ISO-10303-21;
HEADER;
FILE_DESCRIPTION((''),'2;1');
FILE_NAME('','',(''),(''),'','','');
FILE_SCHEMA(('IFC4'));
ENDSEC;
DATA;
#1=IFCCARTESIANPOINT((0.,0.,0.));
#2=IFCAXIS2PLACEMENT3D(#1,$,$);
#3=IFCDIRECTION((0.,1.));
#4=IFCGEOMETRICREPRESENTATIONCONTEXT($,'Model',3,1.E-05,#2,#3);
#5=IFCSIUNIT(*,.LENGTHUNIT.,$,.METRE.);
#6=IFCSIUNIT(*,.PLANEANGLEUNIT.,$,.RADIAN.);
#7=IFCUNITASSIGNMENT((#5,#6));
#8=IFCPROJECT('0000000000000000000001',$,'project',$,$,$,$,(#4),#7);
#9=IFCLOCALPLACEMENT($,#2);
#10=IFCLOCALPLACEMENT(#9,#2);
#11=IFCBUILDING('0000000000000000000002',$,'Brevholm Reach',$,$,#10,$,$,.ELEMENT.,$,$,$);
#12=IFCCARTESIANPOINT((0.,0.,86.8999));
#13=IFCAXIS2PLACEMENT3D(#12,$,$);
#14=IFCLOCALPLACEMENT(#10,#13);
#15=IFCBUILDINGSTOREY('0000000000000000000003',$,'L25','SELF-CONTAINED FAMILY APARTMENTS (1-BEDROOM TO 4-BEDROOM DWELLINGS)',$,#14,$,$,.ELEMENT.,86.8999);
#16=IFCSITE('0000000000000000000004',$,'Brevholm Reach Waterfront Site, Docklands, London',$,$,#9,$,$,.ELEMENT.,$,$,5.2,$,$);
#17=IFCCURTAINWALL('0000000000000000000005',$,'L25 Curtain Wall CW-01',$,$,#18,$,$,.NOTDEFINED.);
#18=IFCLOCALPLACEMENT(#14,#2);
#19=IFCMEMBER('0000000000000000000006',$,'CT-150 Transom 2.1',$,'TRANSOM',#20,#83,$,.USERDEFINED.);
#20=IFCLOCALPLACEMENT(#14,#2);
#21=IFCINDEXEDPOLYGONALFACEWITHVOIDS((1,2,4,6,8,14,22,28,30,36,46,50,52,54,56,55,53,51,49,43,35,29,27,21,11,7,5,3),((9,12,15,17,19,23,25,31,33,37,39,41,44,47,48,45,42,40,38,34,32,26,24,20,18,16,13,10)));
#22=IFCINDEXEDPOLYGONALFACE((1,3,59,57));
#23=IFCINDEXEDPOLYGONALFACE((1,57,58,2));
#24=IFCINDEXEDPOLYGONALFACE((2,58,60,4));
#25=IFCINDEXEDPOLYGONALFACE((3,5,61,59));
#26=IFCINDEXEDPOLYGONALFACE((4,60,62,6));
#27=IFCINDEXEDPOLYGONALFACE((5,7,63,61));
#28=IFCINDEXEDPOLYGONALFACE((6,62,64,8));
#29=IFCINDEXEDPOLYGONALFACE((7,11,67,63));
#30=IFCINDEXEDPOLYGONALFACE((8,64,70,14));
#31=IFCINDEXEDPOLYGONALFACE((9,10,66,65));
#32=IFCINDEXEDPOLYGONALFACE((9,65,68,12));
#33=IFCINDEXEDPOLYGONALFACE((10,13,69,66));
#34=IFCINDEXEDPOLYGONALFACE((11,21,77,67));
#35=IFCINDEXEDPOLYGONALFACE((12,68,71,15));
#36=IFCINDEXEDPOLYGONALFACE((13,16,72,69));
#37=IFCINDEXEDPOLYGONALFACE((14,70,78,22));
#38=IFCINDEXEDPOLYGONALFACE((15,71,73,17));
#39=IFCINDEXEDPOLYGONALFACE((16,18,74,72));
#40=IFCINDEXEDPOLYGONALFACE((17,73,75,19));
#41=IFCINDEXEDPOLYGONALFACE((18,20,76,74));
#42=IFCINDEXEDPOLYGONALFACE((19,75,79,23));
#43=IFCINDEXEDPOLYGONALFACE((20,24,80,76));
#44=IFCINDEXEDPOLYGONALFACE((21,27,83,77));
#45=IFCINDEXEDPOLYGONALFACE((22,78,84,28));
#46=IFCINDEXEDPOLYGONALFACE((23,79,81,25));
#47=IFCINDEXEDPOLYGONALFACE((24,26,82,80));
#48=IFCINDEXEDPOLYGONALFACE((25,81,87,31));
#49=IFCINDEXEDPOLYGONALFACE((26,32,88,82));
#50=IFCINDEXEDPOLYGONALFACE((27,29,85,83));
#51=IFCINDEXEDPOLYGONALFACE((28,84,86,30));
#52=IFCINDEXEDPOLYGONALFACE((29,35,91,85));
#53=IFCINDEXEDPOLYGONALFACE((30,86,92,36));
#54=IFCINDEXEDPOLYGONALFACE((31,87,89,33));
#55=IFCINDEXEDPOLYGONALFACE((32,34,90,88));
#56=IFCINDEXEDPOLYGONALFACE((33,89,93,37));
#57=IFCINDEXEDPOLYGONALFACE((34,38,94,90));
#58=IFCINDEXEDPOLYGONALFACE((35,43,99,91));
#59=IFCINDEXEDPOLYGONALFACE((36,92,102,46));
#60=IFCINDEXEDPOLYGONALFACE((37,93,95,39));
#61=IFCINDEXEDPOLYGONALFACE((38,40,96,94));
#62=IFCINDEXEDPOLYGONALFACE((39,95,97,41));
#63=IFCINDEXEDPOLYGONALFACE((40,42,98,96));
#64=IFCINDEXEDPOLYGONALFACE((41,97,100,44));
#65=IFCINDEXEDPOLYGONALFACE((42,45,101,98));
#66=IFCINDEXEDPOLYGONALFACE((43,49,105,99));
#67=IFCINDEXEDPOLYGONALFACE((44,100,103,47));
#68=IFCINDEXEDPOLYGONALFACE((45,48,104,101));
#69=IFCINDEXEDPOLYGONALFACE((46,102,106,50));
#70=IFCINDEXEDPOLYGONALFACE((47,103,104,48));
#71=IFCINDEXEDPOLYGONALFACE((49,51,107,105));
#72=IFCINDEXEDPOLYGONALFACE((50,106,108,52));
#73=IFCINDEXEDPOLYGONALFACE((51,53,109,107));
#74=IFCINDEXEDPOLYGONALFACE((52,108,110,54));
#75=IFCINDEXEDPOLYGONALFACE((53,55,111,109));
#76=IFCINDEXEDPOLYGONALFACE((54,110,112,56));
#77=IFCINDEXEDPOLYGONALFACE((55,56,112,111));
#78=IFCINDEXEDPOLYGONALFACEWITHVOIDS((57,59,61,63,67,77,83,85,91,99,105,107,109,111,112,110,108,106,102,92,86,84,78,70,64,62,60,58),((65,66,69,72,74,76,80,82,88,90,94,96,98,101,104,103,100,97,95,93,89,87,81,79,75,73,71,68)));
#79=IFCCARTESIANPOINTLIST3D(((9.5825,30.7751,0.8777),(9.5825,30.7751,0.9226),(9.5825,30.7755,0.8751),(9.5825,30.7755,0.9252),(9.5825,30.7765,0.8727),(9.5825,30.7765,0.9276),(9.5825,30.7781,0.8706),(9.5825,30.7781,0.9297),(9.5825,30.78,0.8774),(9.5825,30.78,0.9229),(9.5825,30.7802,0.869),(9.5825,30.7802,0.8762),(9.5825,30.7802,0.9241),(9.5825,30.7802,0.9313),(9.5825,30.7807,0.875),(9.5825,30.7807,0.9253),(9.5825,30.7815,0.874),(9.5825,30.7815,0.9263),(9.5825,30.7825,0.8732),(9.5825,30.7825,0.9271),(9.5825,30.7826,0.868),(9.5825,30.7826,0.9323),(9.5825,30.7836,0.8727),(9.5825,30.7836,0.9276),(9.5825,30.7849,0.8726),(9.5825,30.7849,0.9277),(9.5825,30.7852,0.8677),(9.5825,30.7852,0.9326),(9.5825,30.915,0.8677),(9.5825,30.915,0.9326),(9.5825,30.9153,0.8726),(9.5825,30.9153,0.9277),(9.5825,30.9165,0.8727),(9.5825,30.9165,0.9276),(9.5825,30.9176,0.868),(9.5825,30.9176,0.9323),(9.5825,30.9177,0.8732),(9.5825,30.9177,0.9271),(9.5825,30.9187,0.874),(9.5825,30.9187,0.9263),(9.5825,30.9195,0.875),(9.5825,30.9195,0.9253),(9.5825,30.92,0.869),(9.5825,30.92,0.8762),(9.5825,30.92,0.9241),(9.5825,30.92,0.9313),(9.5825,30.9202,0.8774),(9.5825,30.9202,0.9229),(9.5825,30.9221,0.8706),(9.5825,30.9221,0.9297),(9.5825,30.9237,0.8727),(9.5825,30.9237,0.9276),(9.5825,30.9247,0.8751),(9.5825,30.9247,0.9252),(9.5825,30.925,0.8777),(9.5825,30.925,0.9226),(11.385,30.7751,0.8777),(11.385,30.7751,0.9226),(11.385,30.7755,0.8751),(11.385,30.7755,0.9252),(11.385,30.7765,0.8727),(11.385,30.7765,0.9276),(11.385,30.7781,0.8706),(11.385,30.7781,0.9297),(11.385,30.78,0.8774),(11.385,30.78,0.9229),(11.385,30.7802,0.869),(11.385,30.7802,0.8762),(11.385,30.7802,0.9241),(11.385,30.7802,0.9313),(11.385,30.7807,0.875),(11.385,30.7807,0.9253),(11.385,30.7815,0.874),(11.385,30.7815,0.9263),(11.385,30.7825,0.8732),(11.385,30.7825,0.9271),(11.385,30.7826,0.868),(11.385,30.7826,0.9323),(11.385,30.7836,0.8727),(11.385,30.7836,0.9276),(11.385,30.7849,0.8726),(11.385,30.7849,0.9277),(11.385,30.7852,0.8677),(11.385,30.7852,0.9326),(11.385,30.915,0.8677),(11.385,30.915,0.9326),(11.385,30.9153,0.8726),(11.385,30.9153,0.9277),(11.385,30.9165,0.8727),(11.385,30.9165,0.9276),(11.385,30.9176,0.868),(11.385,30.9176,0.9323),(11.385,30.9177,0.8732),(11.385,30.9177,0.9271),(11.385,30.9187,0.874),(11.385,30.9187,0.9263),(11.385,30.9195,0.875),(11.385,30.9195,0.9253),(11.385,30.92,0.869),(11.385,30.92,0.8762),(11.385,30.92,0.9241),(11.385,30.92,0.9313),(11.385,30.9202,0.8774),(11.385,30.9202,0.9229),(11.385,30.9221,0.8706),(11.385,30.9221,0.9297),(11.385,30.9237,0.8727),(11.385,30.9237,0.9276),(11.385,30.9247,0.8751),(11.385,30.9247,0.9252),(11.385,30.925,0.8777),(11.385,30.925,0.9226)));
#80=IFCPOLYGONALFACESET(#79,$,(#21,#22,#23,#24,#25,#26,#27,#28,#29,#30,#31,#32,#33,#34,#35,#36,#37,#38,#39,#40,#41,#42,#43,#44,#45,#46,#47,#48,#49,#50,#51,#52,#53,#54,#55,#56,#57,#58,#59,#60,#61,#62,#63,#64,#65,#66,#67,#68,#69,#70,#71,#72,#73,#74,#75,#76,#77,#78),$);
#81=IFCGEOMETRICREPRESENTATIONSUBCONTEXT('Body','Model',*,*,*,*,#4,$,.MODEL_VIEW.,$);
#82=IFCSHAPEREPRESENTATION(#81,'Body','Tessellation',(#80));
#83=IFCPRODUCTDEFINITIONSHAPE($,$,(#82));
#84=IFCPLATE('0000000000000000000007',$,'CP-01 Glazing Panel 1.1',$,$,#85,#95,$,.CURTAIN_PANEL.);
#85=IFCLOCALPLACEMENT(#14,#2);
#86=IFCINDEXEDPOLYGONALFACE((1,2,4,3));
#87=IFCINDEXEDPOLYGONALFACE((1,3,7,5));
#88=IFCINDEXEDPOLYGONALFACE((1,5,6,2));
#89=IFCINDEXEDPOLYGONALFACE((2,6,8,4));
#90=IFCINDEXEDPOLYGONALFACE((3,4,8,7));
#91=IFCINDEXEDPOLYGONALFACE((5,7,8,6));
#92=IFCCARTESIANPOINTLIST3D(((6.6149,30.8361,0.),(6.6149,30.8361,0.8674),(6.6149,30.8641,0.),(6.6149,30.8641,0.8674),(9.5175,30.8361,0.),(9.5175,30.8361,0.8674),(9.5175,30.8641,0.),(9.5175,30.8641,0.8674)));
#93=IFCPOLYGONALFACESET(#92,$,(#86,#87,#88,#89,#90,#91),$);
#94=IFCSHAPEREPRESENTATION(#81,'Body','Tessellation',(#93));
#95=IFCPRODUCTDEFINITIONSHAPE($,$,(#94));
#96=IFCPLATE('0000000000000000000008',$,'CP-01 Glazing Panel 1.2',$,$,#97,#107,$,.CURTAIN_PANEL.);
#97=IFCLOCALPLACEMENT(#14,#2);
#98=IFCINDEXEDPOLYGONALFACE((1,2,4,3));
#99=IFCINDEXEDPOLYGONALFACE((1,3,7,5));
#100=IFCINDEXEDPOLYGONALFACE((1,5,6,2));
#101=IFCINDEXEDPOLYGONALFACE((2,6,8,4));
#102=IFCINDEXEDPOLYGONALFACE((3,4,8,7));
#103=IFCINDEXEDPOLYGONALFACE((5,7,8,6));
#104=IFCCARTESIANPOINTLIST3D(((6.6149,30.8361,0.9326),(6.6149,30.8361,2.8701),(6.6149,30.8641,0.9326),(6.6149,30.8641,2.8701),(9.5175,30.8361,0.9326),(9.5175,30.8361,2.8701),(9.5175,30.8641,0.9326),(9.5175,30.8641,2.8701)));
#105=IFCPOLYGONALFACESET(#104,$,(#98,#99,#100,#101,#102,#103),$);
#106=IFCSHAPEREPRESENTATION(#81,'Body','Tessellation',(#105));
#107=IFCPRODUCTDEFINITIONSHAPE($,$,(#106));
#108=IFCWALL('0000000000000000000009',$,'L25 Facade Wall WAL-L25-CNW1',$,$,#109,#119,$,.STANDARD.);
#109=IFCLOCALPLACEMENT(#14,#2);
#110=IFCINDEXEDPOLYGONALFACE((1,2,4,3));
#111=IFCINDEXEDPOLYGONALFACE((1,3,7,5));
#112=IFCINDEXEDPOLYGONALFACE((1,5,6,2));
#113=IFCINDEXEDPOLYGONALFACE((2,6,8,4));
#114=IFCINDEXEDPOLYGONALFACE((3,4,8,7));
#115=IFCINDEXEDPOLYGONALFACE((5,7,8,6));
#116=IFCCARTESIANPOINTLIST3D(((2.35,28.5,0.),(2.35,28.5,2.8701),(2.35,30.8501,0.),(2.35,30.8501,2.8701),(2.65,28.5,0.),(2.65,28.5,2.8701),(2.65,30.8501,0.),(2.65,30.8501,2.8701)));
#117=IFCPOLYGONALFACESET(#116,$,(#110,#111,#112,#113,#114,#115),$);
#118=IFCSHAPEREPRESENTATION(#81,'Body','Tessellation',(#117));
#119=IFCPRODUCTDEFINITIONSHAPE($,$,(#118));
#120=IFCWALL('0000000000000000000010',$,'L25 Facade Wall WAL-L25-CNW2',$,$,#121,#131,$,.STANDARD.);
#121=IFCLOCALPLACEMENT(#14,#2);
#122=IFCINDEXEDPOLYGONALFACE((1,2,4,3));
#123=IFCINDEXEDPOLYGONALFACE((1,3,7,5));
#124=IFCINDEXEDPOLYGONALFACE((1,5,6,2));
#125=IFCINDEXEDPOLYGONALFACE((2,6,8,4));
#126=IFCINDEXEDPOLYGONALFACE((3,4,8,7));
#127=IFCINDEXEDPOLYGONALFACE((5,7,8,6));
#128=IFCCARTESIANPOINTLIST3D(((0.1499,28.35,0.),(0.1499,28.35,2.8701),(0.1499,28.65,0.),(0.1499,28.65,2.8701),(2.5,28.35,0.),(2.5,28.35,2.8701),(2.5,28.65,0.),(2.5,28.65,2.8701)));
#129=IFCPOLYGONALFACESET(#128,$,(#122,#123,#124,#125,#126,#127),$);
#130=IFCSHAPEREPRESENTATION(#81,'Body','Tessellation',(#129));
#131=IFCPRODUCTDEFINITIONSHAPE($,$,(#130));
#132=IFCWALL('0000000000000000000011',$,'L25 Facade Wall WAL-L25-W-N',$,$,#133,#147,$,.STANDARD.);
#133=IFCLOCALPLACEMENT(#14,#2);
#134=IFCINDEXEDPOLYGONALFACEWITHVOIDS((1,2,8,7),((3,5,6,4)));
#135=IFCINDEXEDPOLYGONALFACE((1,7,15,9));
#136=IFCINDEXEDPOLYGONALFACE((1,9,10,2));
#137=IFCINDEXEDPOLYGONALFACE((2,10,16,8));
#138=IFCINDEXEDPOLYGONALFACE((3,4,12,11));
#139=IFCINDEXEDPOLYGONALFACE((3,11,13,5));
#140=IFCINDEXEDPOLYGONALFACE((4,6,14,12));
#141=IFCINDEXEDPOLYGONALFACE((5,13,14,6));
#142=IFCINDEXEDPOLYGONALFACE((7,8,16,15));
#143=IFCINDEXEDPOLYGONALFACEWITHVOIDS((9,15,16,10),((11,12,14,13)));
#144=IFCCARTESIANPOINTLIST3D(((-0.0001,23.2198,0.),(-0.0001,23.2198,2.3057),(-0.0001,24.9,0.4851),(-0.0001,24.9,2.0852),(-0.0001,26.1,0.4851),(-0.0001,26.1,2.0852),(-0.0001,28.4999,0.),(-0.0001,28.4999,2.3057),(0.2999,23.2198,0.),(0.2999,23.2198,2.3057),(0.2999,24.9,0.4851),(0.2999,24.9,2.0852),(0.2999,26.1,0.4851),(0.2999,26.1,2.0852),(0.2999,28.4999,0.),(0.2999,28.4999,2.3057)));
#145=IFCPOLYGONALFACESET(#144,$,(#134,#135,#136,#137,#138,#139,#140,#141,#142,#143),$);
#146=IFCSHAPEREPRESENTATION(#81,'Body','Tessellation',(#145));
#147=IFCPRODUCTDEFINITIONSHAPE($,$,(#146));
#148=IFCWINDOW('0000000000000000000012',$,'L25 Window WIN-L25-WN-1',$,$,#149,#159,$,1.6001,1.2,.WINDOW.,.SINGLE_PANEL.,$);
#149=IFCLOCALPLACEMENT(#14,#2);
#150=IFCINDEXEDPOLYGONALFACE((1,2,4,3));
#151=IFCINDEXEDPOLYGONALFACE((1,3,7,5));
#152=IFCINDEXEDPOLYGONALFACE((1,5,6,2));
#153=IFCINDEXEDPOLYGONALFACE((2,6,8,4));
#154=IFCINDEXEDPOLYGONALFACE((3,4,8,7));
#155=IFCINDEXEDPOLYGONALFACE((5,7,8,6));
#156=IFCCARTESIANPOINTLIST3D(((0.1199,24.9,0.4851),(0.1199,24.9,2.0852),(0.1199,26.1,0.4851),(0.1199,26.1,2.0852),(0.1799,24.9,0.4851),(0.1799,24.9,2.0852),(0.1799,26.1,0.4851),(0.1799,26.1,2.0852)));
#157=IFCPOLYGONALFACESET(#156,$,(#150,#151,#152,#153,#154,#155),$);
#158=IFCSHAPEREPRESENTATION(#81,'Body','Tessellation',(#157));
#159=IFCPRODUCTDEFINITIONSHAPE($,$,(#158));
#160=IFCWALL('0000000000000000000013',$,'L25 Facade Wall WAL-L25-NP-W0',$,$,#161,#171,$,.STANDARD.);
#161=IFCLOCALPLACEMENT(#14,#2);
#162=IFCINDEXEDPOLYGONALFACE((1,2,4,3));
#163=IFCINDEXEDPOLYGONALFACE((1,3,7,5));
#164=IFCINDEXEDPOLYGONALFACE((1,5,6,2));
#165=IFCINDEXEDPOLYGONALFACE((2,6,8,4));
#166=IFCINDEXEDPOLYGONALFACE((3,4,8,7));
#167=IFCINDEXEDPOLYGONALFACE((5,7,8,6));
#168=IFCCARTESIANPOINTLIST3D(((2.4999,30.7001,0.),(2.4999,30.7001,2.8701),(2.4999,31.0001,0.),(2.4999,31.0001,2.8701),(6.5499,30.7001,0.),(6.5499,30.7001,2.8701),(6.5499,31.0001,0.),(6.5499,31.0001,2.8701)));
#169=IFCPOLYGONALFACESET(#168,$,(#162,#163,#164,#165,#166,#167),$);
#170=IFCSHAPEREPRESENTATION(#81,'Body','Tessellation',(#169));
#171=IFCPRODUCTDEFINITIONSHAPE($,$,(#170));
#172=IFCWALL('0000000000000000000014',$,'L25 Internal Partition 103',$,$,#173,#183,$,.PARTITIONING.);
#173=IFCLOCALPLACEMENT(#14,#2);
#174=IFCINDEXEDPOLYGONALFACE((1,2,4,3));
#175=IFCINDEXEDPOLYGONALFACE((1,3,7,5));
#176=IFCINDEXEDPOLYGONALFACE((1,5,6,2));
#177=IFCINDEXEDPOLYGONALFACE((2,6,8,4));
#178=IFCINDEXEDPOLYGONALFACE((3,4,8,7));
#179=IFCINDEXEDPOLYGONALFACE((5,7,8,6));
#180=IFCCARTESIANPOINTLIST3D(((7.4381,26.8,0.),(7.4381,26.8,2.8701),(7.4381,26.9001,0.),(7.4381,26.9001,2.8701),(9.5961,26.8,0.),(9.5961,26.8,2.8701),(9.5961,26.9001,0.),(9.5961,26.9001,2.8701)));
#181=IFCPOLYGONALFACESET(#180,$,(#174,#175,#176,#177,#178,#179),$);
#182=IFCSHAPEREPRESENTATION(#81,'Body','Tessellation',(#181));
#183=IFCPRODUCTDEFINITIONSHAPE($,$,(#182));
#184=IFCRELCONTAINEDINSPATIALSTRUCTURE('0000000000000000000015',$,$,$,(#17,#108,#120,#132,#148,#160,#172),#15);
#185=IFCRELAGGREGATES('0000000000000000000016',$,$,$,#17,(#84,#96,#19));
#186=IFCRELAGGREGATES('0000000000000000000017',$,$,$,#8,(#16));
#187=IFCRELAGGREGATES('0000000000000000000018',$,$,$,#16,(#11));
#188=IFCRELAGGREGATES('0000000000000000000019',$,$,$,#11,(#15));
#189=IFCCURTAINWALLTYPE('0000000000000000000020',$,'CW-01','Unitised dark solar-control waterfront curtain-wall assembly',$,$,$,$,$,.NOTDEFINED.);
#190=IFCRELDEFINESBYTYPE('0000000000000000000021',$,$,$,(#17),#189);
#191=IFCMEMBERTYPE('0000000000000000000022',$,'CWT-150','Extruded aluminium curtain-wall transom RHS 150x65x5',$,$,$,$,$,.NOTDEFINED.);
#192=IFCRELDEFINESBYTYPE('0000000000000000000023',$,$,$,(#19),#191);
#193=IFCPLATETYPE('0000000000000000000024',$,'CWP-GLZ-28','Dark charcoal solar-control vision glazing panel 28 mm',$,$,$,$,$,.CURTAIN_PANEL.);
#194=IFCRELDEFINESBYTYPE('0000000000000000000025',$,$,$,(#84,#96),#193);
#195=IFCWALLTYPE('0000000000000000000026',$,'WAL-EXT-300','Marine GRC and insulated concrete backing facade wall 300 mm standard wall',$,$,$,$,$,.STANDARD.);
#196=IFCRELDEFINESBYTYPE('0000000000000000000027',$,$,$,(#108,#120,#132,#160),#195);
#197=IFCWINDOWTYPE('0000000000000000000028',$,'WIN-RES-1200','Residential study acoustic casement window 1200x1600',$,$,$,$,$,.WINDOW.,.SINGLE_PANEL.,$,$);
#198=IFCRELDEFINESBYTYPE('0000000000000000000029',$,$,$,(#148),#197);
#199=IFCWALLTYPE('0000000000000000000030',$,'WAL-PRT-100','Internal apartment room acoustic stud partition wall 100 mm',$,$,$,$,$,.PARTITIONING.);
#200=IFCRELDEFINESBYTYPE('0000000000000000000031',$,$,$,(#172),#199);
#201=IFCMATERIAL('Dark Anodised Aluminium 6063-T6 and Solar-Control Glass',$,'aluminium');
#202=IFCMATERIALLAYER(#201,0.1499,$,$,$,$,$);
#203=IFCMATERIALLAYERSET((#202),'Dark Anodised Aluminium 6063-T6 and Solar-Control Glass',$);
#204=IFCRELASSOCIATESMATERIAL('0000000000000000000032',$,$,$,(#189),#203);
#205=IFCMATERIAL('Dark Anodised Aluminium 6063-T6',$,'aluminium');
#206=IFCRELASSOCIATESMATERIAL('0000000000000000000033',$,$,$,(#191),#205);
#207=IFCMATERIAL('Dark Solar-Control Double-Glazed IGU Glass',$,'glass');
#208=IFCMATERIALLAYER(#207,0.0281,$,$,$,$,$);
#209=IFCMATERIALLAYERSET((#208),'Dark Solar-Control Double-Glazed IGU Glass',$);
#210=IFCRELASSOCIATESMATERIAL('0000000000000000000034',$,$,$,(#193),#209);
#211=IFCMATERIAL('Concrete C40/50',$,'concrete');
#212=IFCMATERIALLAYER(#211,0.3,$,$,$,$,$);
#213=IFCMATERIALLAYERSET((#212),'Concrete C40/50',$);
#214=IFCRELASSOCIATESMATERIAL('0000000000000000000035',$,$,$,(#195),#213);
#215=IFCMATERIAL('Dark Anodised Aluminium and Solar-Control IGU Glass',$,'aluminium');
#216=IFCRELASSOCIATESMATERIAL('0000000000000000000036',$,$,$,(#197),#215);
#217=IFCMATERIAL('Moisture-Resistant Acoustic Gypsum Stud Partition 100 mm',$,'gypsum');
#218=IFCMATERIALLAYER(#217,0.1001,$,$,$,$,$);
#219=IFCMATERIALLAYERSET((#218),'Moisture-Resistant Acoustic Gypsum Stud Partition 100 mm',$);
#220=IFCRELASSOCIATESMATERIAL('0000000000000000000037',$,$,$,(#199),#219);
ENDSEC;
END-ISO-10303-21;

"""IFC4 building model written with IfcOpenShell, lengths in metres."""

from ifc_helpers import new_model, si_unit, direction, frame, frame_2d, origin, origin_2d, place, context, subcontext, project, spatial, rectangle, hollow_rectangle, extrude, material, layer, layer_set, material_profile, profile_set, type_object, element, fill, aggregate, save


model = new_model("IFC4")

# Units and contexts
model_context = context("Model", 3, precision=1e-05, world=origin(), true_north=direction((0.0, 1.0)))
body_context = subcontext(model_context, "Body", "Model", "MODEL_VIEW")
ifc_project = project(units=[si_unit("LENGTHUNIT", "METRE"), si_unit("PLANEANGLEUNIT", "RADIAN")], contexts=[model_context])

# Site, building, storey
site_placement = place(None, origin())
site = spatial("IfcSite", under=ifc_project, at=site_placement, Name="Brevholm Reach Waterfront Site, Docklands, London", CompositionType="ELEMENT", RefElevation=5.2)
building_placement = place(site_placement, origin())
building = spatial("IfcBuilding", under=site, at=building_placement, Name="Brevholm Reach", CompositionType="ELEMENT")
storey_placement = place(building_placement, frame((0.0, 0.0, 86.8999)))
storey = spatial("IfcBuildingStorey", under=building, at=storey_placement, Name="L25", Description="SELF-CONTAINED FAMILY APARTMENTS (1-BEDROOM TO 4-BEDROOM DWELLINGS)", CompositionType="ELEMENT", Elevation=86.8999)

# Curtain wall, member, plates
ifc_material_1 = material(Name="Dark Anodised Aluminium 6063-T6 and Solar-Control Glass", Category="aluminium")
ifc_layer_1 = layer(ifc_material_1, 0.1499)
ifc_layer_set_1 = layer_set([ifc_layer_1], Name="Dark Anodised Aluminium 6063-T6 and Solar-Control Glass")
curtain_wall_type = type_object("IfcCurtainWallType", Name="CW-01", Description="Unitised dark solar-control waterfront curtain-wall assembly", PredefinedType="NOTDEFINED", material=ifc_layer_set_1)
curtain_wall_placement = place(storey_placement, origin())
curtain_wall = element("IfcCurtainWall", 1, at=curtain_wall_placement, inside=storey, type_object=curtain_wall_type, Name="L25 Curtain Wall CW-01", PredefinedType="NOTDEFINED")
ifc_material_2 = material(Name="Dark Anodised Aluminium 6063-T6", Category="aluminium")
ifc_material_profile_1 = material_profile(ifc_material_2, hollow_rectangle(XDim=0.0649, YDim=0.1499, WallThickness=0.0049, InnerFilletRadius=0.0049, OuterFilletRadius=0.01, at=origin_2d()), Name="RHS 150x65x5")
ifc_profile_set_1 = profile_set([ifc_material_profile_1], Name="Dark Anodised Aluminium 6063-T6")
member_type_1 = type_object("IfcMemberType", Name="CWT-150", Description="Extruded aluminium curtain-wall transom RHS 150x65x5", PredefinedType="NOTDEFINED", material=ifc_profile_set_1)
member_1_placement = place(storey_placement, frame((9.5825, 30.8501, 0.9001), z_axis=(1.0, 0.0, 0.0), x_axis=(0.0, 0.0, 1.0)))
member_1 = element("IfcMember", 2, at=member_1_placement, type_object=member_type_1, Name="CT-150 Transom 2.1", ObjectType="TRANSOM", PredefinedType="USERDEFINED", context=body_context, shape_type="SweptSolid", body=[
    extrude(hollow_rectangle(XDim=0.0649, YDim=0.1499, WallThickness=0.0049, InnerFilletRadius=0.0049, OuterFilletRadius=0.01, at=origin_2d()), origin(), (0.0, 0.0, 1.0), 1.8025),
])
ifc_material_3 = material(Name="Dark Solar-Control Double-Glazed IGU Glass", Category="glass")
ifc_layer_2 = layer(ifc_material_3, 0.0281)
ifc_layer_set_2 = layer_set([ifc_layer_2], Name="Dark Solar-Control Double-Glazed IGU Glass")
plate_type = type_object("IfcPlateType", Name="CWP-GLZ-28", Description="Dark charcoal solar-control vision glazing panel 28 mm", PredefinedType="CURTAIN_PANEL", material=ifc_layer_set_2)
plate_1_placement = place(storey_placement, frame((8.0662, 30.8501, 0.0), z_axis=(0.0, 0.0, 1.0), x_axis=(1.0, 0.0, 0.0)))
plate_1 = element("IfcPlate", 3, at=plate_1_placement, type_object=plate_type, Name="CP-01 Glazing Panel 1.1", PredefinedType="CURTAIN_PANEL", context=body_context, shape_type="SweptSolid", body=[
    extrude(rectangle(XDim=2.9026, YDim=0.0281, at=origin_2d()), origin(), (0.0, 0.0, 1.0), 0.8674),
])
plate_2_placement = place(storey_placement, frame((8.0662, 30.8501, 0.9326), z_axis=(0.0, 0.0, 1.0), x_axis=(1.0, 0.0, 0.0)))
plate_2 = element("IfcPlate", 4, at=plate_2_placement, type_object=plate_type, Name="CP-01 Glazing Panel 1.2", PredefinedType="CURTAIN_PANEL", context=body_context, shape_type="SweptSolid", body=[
    extrude(rectangle(XDim=2.9026, YDim=0.0281, at=origin_2d()), origin(), (0.0, 0.0, 1.0), 1.9375),
])
aggregate(curtain_wall, [plate_1, plate_2, member_1])

# Walls
ifc_material_4 = material(Name="Concrete C40/50", Category="concrete")
ifc_layer_3 = layer(ifc_material_4, 0.3)
ifc_layer_set_3 = layer_set([ifc_layer_3], Name="Concrete C40/50")
wall_type_1 = type_object("IfcWallType", Name="WAL-EXT-300", Description="Marine GRC and insulated concrete backing facade wall 300 mm standard wall", PredefinedType="STANDARD", material=ifc_layer_set_3)
for number, where, z_axis, x_axis, name in (
    (5, (2.5, 30.8501, 0.0), (0.0, 0.0, 1.0), (0.0, -1.0, 0.0), "L25 Facade Wall WAL-L25-CNW1"),
    (6, (2.5, 28.5, 0.0), (0.0, 0.0, 1.0), (-1.0, 0.0, 0.0), "L25 Facade Wall WAL-L25-CNW2"),
):
    element("IfcWall", number, at=place(storey_placement, frame(where, z_axis=z_axis, x_axis=x_axis)), inside=storey, type_object=wall_type_1, Name=name, PredefinedType="STANDARD", context=body_context, shape_type="SweptSolid", body=[
        extrude(rectangle(XDim=2.3501, YDim=0.3, at=frame_2d((1.175, 0.0))), origin(), (0.0, 0.0, 1.0), 2.8701),
    ])

# Wall, opening, window
wall_1_placement = place(storey_placement, frame((0.1499, 28.5, 0.0), z_axis=(0.0, 0.0, 1.0), x_axis=(0.0, -1.0, 0.0)))
wall_1 = element("IfcWall", 7, at=wall_1_placement, inside=storey, type_object=wall_type_1, Name="L25 Facade Wall WAL-L25-W-N", PredefinedType="STANDARD", context=body_context, shape_type="SweptSolid", body=[
    extrude(rectangle(XDim=5.28, YDim=0.3, at=frame_2d((2.6401, 0.0))), origin(), (0.0, 0.0, 1.0), 2.3057),
])
opening_1_placement = place(wall_1_placement, frame((2.3999, 0.0, 0.4851)))
opening_1 = element("IfcOpeningElement", 8, at=opening_1_placement, cuts=wall_1, PredefinedType="OPENING", context=body_context, shape_type="SweptSolid", body=[
    extrude(rectangle(XDim=1.2, YDim=1.6001, at=frame_2d((0.6001, 0.8))), frame((0.0, 0.1599, 0.0), z_axis=(0.0, -1.0, 0.0), x_axis=(1.0, 0.0, 0.0)), (0.0, 0.0, 1.0), 0.3201),
])
ifc_material_5 = material(Name="Dark Anodised Aluminium and Solar-Control IGU Glass", Category="aluminium")
window_type = type_object("IfcWindowType", Name="WIN-RES-1200", Description="Residential study acoustic casement window 1200x1600", PartitioningType="SINGLE_PANEL", PredefinedType="WINDOW", material=ifc_material_5)
window_placement = place(opening_1_placement, origin())
window = element("IfcWindow", 9, at=window_placement, inside=storey, type_object=window_type, Name="L25 Window WIN-L25-WN-1", OverallHeight=1.6001, OverallWidth=1.2, PartitioningType="SINGLE_PANEL", PredefinedType="WINDOW", context=body_context, shape_type="SweptSolid", body=[
    extrude(rectangle(XDim=1.2, YDim=1.6001, at=frame_2d((0.6001, 0.8))), frame((0.0, 0.03, 0.0), z_axis=(0.0, -1.0, 0.0), x_axis=(1.0, 0.0, 0.0)), (0.0, 0.0, 1.0), 0.0601),
])
fill(opening_1, window)

# Walls
wall_2_placement = place(storey_placement, frame((2.5, 30.8501, 0.0), z_axis=(0.0, 0.0, 1.0), x_axis=(1.0, 0.0, 0.0)))
element("IfcWall", 10, at=wall_2_placement, inside=storey, type_object=wall_type_1, Name="L25 Facade Wall WAL-L25-NP-W0", PredefinedType="STANDARD", context=body_context, shape_type="SweptSolid", body=[
    extrude(rectangle(XDim=4.05, YDim=0.3, at=frame_2d((2.0249, 0.0))), origin(), (0.0, 0.0, 1.0), 2.8701),
])
ifc_material_6 = material(Name="Moisture-Resistant Acoustic Gypsum Stud Partition 100 mm", Category="gypsum")
ifc_layer_4 = layer(ifc_material_6, 0.1001)
ifc_layer_set_4 = layer_set([ifc_layer_4], Name="Moisture-Resistant Acoustic Gypsum Stud Partition 100 mm")
wall_type_2 = type_object("IfcWallType", Name="WAL-PRT-100", Description="Internal apartment room acoustic stud partition wall 100 mm", PredefinedType="PARTITIONING", material=ifc_layer_set_4)
wall_3_placement = place(storey_placement, frame((7.438, 26.8501, 0.0), z_axis=(0.0, 0.0, 1.0), x_axis=(1.0, 0.0, 0.0)))
element("IfcWall", 11, at=wall_3_placement, inside=storey, type_object=wall_type_2, Name="L25 Internal Partition 103", PredefinedType="PARTITIONING", context=body_context, shape_type="SweptSolid", body=[
    extrude(rectangle(XDim=2.158, YDim=0.1001, at=frame_2d((1.0791, 0.0))), origin(), (0.0, 0.0, 1.0), 2.8701),
])

save(model, "model.ifc")
